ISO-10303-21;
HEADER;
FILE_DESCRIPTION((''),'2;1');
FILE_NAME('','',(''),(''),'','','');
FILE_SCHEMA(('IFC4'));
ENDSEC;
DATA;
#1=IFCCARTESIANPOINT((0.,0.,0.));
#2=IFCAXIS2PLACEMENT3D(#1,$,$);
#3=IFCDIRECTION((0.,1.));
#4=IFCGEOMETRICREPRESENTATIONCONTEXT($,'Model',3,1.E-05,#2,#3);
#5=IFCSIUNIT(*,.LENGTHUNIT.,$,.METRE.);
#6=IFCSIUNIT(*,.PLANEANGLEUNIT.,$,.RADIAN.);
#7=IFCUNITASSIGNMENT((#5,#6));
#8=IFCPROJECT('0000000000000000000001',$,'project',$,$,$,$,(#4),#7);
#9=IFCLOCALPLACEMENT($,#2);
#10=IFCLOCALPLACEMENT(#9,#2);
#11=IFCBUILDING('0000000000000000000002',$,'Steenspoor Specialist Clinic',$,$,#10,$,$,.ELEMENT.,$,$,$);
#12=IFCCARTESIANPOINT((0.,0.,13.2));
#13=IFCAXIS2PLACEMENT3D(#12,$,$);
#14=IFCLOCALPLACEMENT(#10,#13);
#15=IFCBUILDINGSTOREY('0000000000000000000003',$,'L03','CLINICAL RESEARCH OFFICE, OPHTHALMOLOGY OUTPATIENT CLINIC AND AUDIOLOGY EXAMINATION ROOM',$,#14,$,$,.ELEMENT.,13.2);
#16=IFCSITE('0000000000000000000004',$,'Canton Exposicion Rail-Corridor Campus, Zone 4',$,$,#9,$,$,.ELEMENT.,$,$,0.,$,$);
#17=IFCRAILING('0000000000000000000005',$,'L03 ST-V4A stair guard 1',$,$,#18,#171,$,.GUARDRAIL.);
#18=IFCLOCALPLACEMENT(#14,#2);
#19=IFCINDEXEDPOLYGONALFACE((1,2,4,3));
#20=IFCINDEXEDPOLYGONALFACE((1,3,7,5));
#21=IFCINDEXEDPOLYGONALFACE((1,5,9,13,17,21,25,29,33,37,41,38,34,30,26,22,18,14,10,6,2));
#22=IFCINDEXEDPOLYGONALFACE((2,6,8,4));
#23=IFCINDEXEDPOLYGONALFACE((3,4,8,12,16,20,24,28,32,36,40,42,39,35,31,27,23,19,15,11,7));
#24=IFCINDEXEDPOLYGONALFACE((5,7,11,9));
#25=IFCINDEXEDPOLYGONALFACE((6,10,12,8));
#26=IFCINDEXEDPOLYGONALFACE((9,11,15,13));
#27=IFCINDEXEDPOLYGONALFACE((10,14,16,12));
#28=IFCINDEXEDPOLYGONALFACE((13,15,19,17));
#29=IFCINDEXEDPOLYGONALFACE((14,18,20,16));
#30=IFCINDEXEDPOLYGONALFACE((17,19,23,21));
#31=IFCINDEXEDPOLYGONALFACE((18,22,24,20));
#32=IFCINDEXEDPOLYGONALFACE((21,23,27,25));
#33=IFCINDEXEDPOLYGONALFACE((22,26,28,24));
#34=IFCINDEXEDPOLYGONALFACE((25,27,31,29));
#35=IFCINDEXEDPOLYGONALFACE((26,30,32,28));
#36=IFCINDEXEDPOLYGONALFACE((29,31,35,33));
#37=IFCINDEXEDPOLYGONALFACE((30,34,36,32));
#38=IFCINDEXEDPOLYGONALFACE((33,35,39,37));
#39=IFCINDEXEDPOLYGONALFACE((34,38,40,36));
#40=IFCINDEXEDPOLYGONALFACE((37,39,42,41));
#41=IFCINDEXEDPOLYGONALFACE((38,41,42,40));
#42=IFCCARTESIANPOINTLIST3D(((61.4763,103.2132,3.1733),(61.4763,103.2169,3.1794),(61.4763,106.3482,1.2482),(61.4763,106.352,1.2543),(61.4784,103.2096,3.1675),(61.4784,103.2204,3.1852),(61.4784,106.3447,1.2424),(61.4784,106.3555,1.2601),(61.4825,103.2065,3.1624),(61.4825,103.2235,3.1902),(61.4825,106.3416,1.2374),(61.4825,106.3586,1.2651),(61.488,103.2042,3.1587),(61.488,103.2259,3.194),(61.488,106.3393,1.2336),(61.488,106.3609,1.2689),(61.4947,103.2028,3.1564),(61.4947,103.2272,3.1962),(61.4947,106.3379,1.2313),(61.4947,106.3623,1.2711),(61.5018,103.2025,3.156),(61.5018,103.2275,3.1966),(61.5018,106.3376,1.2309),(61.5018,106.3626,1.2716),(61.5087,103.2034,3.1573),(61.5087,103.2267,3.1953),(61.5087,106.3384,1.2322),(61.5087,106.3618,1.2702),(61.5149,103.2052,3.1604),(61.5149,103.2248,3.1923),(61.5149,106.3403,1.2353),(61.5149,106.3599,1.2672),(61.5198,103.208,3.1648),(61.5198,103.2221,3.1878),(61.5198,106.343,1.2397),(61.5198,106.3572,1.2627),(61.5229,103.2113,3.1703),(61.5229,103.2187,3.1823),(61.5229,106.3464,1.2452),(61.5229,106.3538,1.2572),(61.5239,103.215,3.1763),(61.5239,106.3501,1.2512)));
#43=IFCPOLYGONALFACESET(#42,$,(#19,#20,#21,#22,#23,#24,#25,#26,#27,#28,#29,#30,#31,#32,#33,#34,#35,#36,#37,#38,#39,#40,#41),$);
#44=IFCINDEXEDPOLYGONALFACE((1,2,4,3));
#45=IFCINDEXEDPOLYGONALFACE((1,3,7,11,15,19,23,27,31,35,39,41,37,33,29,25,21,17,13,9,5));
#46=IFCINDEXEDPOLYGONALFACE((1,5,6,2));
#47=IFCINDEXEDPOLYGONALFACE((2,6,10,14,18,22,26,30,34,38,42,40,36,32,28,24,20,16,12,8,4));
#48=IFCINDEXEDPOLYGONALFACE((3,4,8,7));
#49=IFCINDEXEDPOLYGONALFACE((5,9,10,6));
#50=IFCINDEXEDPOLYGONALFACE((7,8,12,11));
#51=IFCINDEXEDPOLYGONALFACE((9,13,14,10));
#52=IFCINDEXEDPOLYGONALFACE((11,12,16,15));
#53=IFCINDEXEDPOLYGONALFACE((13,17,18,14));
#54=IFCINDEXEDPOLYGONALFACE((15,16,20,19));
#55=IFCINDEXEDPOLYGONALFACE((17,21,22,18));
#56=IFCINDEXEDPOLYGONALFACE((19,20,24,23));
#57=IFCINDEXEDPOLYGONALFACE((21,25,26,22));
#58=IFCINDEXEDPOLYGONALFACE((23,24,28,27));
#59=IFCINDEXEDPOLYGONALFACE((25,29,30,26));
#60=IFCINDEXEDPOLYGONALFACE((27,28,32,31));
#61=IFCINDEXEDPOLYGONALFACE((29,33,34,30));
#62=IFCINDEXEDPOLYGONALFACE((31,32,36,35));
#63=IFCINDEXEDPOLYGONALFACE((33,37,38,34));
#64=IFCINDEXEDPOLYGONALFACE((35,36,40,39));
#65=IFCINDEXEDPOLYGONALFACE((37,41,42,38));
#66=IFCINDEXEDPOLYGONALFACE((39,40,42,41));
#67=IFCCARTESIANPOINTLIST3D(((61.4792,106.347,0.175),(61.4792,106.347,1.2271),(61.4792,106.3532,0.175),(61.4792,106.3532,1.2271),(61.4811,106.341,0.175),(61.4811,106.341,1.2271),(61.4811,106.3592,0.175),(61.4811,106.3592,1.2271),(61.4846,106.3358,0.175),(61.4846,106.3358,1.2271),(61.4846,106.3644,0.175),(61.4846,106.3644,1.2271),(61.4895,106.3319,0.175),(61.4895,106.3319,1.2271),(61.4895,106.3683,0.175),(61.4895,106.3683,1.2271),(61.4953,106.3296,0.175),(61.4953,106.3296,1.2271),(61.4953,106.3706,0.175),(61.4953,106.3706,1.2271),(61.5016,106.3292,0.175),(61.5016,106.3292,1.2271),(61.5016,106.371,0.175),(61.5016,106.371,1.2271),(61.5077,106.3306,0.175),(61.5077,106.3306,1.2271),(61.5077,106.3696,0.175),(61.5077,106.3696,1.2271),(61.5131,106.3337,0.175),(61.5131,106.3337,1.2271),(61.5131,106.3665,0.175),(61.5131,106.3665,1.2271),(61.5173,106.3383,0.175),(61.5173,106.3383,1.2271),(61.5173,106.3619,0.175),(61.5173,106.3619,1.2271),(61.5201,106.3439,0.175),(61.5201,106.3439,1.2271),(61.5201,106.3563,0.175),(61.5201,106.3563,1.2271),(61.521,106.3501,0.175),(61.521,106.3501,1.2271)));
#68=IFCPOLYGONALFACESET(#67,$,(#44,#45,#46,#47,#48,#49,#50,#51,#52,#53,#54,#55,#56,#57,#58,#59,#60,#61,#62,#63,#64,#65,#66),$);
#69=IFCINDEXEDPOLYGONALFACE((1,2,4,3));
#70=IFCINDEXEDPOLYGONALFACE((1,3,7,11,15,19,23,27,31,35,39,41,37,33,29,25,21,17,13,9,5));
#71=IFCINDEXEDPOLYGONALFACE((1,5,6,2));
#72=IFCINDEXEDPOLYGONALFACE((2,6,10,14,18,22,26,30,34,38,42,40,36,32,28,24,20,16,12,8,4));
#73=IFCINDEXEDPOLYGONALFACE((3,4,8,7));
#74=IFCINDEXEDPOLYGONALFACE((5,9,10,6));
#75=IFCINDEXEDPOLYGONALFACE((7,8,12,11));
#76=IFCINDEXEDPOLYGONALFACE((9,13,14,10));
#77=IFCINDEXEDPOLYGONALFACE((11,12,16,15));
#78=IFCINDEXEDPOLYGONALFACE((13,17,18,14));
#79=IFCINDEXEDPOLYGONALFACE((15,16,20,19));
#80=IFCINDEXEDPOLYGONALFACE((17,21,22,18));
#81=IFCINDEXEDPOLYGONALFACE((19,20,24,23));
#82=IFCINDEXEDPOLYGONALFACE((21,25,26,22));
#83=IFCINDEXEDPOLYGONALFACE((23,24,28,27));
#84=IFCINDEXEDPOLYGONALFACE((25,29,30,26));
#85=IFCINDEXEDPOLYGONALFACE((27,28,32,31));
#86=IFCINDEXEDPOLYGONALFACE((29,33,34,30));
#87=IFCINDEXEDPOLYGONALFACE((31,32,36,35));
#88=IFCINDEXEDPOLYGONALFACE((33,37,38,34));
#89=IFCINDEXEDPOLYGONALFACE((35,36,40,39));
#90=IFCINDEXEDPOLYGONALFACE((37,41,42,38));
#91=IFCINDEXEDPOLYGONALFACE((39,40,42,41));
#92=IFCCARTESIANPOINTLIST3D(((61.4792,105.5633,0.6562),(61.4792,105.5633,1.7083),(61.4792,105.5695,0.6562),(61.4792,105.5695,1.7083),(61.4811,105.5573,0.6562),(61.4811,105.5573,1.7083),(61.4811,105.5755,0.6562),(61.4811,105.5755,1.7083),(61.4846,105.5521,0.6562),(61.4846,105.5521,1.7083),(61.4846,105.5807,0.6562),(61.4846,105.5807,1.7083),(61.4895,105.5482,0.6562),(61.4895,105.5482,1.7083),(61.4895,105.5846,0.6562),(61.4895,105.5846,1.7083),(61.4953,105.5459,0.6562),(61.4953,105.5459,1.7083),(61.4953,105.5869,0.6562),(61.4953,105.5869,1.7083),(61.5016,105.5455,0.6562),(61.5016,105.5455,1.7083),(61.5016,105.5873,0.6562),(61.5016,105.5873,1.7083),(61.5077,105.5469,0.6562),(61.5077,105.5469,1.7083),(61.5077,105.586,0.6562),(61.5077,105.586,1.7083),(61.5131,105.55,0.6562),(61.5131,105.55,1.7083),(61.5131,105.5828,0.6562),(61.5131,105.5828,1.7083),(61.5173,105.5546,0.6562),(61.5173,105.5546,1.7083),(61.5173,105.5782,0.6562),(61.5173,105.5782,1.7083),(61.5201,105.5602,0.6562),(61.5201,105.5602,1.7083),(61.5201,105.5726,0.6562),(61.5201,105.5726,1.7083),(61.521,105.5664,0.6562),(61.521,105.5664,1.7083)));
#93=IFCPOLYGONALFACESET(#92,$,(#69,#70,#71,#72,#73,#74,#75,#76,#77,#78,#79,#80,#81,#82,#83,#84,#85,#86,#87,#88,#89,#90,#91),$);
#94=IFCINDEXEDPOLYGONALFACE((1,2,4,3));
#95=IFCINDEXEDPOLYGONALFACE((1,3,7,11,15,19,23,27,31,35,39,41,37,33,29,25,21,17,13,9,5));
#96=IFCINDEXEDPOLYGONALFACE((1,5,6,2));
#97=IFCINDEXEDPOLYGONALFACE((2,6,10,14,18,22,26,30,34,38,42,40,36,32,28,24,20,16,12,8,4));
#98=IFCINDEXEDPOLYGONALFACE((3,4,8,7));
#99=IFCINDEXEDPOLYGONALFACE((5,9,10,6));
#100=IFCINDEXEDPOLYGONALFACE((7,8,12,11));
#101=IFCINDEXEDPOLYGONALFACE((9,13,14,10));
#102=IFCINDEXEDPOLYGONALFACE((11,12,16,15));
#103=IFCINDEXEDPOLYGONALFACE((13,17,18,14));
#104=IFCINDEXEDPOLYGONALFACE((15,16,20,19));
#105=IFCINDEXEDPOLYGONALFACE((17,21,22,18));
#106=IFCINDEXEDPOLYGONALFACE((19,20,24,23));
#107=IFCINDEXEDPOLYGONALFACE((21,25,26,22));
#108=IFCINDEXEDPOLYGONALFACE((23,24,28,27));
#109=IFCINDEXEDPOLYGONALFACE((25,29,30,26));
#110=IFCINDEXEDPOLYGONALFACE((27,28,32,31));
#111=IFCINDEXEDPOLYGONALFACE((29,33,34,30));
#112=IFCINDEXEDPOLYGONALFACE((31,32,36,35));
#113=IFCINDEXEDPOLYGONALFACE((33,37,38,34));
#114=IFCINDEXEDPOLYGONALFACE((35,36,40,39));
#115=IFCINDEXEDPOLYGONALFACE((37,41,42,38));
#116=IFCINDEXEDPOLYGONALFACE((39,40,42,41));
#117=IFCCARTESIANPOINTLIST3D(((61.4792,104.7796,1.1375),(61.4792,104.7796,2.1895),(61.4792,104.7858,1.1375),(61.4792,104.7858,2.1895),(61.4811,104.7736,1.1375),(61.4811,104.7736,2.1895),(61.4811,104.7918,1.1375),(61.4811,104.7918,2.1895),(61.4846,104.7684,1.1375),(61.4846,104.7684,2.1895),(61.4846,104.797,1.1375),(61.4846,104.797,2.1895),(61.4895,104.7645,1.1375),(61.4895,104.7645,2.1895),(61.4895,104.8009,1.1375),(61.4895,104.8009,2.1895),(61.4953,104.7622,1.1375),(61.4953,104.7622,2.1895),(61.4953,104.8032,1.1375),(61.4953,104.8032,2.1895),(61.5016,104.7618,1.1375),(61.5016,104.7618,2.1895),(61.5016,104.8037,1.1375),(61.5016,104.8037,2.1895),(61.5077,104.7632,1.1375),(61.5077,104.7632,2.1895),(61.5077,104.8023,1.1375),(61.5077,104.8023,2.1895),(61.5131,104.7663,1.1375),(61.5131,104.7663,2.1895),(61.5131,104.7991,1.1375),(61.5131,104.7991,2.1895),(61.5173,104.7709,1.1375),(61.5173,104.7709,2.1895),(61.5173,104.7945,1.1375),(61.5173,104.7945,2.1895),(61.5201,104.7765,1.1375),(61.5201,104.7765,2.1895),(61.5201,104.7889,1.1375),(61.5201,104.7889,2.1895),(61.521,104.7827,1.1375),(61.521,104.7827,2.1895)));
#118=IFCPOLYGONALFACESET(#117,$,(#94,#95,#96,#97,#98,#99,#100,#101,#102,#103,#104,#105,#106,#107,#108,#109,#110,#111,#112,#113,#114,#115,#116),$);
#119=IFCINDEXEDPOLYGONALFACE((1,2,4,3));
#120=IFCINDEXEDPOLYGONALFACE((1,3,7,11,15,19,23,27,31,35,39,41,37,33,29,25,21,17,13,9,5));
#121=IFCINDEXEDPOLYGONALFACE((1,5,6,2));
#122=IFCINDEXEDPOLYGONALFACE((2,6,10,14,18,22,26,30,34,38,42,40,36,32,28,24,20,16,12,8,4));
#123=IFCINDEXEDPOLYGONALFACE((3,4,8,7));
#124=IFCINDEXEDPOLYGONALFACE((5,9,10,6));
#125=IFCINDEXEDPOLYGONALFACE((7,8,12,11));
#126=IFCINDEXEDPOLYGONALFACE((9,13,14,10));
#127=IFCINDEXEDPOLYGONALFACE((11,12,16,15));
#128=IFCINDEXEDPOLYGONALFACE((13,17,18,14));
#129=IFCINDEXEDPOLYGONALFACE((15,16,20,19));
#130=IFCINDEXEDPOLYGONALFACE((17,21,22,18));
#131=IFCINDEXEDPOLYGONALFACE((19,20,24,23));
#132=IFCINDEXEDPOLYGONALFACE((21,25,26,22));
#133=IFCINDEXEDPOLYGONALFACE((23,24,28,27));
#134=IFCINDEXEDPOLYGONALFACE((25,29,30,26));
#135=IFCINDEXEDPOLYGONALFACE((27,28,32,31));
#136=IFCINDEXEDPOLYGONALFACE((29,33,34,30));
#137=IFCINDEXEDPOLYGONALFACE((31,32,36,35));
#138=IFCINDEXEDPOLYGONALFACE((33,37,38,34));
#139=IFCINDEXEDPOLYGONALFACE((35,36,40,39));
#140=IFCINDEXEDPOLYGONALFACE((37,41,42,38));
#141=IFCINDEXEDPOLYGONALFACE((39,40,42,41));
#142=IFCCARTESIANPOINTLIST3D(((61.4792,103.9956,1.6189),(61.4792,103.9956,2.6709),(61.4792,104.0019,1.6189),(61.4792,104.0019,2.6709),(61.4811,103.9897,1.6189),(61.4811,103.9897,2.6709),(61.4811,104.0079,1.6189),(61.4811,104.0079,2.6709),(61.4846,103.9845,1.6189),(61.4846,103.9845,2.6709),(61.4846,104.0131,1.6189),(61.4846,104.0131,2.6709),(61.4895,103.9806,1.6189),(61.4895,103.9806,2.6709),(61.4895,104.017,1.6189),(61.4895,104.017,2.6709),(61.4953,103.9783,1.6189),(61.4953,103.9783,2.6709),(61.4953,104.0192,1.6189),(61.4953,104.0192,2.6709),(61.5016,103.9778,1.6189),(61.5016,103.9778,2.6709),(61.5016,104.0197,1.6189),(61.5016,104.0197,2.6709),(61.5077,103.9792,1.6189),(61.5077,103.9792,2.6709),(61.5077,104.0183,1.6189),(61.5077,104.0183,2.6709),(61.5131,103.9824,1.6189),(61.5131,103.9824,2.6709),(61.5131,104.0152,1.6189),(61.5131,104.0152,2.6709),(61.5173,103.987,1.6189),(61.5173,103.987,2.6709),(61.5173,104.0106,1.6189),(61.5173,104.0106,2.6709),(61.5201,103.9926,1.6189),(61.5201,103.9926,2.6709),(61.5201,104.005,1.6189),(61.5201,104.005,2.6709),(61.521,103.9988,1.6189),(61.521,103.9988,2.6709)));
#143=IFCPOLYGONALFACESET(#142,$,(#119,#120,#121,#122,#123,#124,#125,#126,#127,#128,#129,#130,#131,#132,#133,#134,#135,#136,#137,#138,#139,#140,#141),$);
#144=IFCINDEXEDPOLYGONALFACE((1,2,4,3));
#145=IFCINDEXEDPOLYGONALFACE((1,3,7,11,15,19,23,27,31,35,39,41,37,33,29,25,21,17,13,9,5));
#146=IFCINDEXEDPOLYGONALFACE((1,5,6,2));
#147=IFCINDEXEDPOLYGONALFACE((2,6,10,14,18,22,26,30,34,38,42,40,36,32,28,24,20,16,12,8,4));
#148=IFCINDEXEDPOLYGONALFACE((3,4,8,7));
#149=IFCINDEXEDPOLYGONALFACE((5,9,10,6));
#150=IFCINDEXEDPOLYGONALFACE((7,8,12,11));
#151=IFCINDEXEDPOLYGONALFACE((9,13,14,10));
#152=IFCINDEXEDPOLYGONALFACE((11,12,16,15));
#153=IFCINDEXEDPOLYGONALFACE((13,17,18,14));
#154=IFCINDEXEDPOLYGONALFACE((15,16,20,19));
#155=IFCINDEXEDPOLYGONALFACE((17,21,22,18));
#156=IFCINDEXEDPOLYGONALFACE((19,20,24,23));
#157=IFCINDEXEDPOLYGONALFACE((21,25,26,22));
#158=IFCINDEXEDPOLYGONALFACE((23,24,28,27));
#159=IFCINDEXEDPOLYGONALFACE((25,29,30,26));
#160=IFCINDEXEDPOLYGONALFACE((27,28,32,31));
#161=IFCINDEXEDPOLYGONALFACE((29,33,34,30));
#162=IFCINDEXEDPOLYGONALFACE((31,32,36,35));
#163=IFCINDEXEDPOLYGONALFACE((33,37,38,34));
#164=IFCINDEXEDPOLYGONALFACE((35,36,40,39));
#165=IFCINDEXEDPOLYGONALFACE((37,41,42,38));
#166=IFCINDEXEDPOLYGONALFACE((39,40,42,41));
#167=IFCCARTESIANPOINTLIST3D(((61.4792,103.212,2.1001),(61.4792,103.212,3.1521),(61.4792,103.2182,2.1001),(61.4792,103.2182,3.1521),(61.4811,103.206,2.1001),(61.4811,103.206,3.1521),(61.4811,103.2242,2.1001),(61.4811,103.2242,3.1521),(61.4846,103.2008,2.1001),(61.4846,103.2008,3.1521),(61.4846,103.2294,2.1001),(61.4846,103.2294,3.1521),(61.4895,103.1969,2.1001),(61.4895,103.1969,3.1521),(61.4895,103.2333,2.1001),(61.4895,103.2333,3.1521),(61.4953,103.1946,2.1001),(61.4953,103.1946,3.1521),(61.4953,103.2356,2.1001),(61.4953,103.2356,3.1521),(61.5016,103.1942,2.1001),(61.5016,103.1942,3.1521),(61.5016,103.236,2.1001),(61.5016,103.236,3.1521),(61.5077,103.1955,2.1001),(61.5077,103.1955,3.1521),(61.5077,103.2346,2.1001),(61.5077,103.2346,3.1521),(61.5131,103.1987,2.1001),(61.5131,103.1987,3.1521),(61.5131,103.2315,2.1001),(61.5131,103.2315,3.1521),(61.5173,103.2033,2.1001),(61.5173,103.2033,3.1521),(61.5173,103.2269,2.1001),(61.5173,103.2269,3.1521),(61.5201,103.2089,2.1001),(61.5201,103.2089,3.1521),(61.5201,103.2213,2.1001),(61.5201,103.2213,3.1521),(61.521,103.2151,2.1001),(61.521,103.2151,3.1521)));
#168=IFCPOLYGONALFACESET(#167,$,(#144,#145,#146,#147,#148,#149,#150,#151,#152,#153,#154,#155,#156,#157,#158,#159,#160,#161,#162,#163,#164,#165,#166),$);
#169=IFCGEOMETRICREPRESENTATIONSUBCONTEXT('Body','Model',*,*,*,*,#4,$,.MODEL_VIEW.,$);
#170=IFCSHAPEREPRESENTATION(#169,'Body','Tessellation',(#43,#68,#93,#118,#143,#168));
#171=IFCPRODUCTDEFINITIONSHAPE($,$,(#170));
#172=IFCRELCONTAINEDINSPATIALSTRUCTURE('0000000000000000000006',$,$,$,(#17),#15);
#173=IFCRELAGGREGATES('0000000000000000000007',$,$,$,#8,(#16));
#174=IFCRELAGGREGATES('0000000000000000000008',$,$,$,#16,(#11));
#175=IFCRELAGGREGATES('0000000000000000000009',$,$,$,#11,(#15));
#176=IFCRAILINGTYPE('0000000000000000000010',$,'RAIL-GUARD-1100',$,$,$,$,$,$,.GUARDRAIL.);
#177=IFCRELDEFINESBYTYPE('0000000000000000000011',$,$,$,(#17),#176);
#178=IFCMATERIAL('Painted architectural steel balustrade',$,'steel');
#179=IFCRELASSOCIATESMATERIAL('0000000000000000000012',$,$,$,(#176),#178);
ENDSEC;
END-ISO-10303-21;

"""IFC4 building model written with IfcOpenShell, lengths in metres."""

from ifc_helpers import new_model, si_unit, direction, frame, origin, origin_2d, place, context, subcontext, project, spatial, circle, extrude, material, type_object, element, save


model = new_model("IFC4")

# Units and contexts
model_context = context("Model", 3, precision=1e-05, world=origin(), true_north=direction((0.0, 1.0)))
body_context = subcontext(model_context, "Body", "Model", "MODEL_VIEW")
ifc_project = project(units=[si_unit("LENGTHUNIT", "METRE"), si_unit("PLANEANGLEUNIT", "RADIAN")], contexts=[model_context])

# Site, building, storey
site_placement = place(None, origin())
site = spatial("IfcSite", under=ifc_project, at=site_placement, Name="Canton Exposicion Rail-Corridor Campus, Zone 4", CompositionType="ELEMENT", RefElevation=0.0)
building_placement = place(site_placement, origin())
building = spatial("IfcBuilding", under=site, at=building_placement, Name="Steenspoor Specialist Clinic", CompositionType="ELEMENT")
storey_placement = place(building_placement, frame((0.0, 0.0, 13.2)))
storey = spatial("IfcBuildingStorey", under=building, at=storey_placement, Name="L03", Description="CLINICAL RESEARCH OFFICE, OPHTHALMOLOGY OUTPATIENT CLINIC AND AUDIOLOGY EXAMINATION ROOM", CompositionType="ELEMENT", Elevation=13.2)

# Railing
ifc_material_1 = material(Name="Painted architectural steel balustrade", Category="steel")
railing_type_1 = type_object("IfcRailingType", Name="RAIL-GUARD-1100", PredefinedType="GUARDRAIL", material=ifc_material_1)
railing_1_placement = place(storey_placement, frame((61.5, 106.3501, 0.175)))
element("IfcRailing", 1, at=railing_1_placement, inside=storey, type_object=railing_type_1, Name="L03 ST-V4A stair guard 1", PredefinedType="GUARDRAIL", context=body_context, shape_type="SweptSolid", body=[
    extrude(circle(Radius=0.0239, at=origin_2d()), frame((0.0, 0.0, 1.0762), z_axis=(0.0, -0.852166, 0.523271), x_axis=(1.0, 0.0, 0.0)), (0.0, 0.0, 1.0), 3.679),
    extrude(circle(Radius=0.021, at=origin_2d()), origin(), (0.0, 0.0, 1.0), 1.052),
    extrude(circle(Radius=0.021, at=origin_2d()), frame((0.0, -0.7837, 0.4812)), (0.0, 0.0, 1.0), 1.052),
    extrude(circle(Radius=0.021, at=origin_2d()), frame((0.0, -1.5674, 0.9624)), (0.0, 0.0, 1.0), 1.052),
    extrude(circle(Radius=0.021, at=origin_2d()), frame((0.0, -2.3513, 1.4438)), (0.0, 0.0, 1.0), 1.052),
    extrude(circle(Radius=0.021, at=origin_2d()), frame((0.0, -3.135, 1.925)), (0.0, 0.0, 1.0), 1.052),
])

save(model, "model.ifc")
